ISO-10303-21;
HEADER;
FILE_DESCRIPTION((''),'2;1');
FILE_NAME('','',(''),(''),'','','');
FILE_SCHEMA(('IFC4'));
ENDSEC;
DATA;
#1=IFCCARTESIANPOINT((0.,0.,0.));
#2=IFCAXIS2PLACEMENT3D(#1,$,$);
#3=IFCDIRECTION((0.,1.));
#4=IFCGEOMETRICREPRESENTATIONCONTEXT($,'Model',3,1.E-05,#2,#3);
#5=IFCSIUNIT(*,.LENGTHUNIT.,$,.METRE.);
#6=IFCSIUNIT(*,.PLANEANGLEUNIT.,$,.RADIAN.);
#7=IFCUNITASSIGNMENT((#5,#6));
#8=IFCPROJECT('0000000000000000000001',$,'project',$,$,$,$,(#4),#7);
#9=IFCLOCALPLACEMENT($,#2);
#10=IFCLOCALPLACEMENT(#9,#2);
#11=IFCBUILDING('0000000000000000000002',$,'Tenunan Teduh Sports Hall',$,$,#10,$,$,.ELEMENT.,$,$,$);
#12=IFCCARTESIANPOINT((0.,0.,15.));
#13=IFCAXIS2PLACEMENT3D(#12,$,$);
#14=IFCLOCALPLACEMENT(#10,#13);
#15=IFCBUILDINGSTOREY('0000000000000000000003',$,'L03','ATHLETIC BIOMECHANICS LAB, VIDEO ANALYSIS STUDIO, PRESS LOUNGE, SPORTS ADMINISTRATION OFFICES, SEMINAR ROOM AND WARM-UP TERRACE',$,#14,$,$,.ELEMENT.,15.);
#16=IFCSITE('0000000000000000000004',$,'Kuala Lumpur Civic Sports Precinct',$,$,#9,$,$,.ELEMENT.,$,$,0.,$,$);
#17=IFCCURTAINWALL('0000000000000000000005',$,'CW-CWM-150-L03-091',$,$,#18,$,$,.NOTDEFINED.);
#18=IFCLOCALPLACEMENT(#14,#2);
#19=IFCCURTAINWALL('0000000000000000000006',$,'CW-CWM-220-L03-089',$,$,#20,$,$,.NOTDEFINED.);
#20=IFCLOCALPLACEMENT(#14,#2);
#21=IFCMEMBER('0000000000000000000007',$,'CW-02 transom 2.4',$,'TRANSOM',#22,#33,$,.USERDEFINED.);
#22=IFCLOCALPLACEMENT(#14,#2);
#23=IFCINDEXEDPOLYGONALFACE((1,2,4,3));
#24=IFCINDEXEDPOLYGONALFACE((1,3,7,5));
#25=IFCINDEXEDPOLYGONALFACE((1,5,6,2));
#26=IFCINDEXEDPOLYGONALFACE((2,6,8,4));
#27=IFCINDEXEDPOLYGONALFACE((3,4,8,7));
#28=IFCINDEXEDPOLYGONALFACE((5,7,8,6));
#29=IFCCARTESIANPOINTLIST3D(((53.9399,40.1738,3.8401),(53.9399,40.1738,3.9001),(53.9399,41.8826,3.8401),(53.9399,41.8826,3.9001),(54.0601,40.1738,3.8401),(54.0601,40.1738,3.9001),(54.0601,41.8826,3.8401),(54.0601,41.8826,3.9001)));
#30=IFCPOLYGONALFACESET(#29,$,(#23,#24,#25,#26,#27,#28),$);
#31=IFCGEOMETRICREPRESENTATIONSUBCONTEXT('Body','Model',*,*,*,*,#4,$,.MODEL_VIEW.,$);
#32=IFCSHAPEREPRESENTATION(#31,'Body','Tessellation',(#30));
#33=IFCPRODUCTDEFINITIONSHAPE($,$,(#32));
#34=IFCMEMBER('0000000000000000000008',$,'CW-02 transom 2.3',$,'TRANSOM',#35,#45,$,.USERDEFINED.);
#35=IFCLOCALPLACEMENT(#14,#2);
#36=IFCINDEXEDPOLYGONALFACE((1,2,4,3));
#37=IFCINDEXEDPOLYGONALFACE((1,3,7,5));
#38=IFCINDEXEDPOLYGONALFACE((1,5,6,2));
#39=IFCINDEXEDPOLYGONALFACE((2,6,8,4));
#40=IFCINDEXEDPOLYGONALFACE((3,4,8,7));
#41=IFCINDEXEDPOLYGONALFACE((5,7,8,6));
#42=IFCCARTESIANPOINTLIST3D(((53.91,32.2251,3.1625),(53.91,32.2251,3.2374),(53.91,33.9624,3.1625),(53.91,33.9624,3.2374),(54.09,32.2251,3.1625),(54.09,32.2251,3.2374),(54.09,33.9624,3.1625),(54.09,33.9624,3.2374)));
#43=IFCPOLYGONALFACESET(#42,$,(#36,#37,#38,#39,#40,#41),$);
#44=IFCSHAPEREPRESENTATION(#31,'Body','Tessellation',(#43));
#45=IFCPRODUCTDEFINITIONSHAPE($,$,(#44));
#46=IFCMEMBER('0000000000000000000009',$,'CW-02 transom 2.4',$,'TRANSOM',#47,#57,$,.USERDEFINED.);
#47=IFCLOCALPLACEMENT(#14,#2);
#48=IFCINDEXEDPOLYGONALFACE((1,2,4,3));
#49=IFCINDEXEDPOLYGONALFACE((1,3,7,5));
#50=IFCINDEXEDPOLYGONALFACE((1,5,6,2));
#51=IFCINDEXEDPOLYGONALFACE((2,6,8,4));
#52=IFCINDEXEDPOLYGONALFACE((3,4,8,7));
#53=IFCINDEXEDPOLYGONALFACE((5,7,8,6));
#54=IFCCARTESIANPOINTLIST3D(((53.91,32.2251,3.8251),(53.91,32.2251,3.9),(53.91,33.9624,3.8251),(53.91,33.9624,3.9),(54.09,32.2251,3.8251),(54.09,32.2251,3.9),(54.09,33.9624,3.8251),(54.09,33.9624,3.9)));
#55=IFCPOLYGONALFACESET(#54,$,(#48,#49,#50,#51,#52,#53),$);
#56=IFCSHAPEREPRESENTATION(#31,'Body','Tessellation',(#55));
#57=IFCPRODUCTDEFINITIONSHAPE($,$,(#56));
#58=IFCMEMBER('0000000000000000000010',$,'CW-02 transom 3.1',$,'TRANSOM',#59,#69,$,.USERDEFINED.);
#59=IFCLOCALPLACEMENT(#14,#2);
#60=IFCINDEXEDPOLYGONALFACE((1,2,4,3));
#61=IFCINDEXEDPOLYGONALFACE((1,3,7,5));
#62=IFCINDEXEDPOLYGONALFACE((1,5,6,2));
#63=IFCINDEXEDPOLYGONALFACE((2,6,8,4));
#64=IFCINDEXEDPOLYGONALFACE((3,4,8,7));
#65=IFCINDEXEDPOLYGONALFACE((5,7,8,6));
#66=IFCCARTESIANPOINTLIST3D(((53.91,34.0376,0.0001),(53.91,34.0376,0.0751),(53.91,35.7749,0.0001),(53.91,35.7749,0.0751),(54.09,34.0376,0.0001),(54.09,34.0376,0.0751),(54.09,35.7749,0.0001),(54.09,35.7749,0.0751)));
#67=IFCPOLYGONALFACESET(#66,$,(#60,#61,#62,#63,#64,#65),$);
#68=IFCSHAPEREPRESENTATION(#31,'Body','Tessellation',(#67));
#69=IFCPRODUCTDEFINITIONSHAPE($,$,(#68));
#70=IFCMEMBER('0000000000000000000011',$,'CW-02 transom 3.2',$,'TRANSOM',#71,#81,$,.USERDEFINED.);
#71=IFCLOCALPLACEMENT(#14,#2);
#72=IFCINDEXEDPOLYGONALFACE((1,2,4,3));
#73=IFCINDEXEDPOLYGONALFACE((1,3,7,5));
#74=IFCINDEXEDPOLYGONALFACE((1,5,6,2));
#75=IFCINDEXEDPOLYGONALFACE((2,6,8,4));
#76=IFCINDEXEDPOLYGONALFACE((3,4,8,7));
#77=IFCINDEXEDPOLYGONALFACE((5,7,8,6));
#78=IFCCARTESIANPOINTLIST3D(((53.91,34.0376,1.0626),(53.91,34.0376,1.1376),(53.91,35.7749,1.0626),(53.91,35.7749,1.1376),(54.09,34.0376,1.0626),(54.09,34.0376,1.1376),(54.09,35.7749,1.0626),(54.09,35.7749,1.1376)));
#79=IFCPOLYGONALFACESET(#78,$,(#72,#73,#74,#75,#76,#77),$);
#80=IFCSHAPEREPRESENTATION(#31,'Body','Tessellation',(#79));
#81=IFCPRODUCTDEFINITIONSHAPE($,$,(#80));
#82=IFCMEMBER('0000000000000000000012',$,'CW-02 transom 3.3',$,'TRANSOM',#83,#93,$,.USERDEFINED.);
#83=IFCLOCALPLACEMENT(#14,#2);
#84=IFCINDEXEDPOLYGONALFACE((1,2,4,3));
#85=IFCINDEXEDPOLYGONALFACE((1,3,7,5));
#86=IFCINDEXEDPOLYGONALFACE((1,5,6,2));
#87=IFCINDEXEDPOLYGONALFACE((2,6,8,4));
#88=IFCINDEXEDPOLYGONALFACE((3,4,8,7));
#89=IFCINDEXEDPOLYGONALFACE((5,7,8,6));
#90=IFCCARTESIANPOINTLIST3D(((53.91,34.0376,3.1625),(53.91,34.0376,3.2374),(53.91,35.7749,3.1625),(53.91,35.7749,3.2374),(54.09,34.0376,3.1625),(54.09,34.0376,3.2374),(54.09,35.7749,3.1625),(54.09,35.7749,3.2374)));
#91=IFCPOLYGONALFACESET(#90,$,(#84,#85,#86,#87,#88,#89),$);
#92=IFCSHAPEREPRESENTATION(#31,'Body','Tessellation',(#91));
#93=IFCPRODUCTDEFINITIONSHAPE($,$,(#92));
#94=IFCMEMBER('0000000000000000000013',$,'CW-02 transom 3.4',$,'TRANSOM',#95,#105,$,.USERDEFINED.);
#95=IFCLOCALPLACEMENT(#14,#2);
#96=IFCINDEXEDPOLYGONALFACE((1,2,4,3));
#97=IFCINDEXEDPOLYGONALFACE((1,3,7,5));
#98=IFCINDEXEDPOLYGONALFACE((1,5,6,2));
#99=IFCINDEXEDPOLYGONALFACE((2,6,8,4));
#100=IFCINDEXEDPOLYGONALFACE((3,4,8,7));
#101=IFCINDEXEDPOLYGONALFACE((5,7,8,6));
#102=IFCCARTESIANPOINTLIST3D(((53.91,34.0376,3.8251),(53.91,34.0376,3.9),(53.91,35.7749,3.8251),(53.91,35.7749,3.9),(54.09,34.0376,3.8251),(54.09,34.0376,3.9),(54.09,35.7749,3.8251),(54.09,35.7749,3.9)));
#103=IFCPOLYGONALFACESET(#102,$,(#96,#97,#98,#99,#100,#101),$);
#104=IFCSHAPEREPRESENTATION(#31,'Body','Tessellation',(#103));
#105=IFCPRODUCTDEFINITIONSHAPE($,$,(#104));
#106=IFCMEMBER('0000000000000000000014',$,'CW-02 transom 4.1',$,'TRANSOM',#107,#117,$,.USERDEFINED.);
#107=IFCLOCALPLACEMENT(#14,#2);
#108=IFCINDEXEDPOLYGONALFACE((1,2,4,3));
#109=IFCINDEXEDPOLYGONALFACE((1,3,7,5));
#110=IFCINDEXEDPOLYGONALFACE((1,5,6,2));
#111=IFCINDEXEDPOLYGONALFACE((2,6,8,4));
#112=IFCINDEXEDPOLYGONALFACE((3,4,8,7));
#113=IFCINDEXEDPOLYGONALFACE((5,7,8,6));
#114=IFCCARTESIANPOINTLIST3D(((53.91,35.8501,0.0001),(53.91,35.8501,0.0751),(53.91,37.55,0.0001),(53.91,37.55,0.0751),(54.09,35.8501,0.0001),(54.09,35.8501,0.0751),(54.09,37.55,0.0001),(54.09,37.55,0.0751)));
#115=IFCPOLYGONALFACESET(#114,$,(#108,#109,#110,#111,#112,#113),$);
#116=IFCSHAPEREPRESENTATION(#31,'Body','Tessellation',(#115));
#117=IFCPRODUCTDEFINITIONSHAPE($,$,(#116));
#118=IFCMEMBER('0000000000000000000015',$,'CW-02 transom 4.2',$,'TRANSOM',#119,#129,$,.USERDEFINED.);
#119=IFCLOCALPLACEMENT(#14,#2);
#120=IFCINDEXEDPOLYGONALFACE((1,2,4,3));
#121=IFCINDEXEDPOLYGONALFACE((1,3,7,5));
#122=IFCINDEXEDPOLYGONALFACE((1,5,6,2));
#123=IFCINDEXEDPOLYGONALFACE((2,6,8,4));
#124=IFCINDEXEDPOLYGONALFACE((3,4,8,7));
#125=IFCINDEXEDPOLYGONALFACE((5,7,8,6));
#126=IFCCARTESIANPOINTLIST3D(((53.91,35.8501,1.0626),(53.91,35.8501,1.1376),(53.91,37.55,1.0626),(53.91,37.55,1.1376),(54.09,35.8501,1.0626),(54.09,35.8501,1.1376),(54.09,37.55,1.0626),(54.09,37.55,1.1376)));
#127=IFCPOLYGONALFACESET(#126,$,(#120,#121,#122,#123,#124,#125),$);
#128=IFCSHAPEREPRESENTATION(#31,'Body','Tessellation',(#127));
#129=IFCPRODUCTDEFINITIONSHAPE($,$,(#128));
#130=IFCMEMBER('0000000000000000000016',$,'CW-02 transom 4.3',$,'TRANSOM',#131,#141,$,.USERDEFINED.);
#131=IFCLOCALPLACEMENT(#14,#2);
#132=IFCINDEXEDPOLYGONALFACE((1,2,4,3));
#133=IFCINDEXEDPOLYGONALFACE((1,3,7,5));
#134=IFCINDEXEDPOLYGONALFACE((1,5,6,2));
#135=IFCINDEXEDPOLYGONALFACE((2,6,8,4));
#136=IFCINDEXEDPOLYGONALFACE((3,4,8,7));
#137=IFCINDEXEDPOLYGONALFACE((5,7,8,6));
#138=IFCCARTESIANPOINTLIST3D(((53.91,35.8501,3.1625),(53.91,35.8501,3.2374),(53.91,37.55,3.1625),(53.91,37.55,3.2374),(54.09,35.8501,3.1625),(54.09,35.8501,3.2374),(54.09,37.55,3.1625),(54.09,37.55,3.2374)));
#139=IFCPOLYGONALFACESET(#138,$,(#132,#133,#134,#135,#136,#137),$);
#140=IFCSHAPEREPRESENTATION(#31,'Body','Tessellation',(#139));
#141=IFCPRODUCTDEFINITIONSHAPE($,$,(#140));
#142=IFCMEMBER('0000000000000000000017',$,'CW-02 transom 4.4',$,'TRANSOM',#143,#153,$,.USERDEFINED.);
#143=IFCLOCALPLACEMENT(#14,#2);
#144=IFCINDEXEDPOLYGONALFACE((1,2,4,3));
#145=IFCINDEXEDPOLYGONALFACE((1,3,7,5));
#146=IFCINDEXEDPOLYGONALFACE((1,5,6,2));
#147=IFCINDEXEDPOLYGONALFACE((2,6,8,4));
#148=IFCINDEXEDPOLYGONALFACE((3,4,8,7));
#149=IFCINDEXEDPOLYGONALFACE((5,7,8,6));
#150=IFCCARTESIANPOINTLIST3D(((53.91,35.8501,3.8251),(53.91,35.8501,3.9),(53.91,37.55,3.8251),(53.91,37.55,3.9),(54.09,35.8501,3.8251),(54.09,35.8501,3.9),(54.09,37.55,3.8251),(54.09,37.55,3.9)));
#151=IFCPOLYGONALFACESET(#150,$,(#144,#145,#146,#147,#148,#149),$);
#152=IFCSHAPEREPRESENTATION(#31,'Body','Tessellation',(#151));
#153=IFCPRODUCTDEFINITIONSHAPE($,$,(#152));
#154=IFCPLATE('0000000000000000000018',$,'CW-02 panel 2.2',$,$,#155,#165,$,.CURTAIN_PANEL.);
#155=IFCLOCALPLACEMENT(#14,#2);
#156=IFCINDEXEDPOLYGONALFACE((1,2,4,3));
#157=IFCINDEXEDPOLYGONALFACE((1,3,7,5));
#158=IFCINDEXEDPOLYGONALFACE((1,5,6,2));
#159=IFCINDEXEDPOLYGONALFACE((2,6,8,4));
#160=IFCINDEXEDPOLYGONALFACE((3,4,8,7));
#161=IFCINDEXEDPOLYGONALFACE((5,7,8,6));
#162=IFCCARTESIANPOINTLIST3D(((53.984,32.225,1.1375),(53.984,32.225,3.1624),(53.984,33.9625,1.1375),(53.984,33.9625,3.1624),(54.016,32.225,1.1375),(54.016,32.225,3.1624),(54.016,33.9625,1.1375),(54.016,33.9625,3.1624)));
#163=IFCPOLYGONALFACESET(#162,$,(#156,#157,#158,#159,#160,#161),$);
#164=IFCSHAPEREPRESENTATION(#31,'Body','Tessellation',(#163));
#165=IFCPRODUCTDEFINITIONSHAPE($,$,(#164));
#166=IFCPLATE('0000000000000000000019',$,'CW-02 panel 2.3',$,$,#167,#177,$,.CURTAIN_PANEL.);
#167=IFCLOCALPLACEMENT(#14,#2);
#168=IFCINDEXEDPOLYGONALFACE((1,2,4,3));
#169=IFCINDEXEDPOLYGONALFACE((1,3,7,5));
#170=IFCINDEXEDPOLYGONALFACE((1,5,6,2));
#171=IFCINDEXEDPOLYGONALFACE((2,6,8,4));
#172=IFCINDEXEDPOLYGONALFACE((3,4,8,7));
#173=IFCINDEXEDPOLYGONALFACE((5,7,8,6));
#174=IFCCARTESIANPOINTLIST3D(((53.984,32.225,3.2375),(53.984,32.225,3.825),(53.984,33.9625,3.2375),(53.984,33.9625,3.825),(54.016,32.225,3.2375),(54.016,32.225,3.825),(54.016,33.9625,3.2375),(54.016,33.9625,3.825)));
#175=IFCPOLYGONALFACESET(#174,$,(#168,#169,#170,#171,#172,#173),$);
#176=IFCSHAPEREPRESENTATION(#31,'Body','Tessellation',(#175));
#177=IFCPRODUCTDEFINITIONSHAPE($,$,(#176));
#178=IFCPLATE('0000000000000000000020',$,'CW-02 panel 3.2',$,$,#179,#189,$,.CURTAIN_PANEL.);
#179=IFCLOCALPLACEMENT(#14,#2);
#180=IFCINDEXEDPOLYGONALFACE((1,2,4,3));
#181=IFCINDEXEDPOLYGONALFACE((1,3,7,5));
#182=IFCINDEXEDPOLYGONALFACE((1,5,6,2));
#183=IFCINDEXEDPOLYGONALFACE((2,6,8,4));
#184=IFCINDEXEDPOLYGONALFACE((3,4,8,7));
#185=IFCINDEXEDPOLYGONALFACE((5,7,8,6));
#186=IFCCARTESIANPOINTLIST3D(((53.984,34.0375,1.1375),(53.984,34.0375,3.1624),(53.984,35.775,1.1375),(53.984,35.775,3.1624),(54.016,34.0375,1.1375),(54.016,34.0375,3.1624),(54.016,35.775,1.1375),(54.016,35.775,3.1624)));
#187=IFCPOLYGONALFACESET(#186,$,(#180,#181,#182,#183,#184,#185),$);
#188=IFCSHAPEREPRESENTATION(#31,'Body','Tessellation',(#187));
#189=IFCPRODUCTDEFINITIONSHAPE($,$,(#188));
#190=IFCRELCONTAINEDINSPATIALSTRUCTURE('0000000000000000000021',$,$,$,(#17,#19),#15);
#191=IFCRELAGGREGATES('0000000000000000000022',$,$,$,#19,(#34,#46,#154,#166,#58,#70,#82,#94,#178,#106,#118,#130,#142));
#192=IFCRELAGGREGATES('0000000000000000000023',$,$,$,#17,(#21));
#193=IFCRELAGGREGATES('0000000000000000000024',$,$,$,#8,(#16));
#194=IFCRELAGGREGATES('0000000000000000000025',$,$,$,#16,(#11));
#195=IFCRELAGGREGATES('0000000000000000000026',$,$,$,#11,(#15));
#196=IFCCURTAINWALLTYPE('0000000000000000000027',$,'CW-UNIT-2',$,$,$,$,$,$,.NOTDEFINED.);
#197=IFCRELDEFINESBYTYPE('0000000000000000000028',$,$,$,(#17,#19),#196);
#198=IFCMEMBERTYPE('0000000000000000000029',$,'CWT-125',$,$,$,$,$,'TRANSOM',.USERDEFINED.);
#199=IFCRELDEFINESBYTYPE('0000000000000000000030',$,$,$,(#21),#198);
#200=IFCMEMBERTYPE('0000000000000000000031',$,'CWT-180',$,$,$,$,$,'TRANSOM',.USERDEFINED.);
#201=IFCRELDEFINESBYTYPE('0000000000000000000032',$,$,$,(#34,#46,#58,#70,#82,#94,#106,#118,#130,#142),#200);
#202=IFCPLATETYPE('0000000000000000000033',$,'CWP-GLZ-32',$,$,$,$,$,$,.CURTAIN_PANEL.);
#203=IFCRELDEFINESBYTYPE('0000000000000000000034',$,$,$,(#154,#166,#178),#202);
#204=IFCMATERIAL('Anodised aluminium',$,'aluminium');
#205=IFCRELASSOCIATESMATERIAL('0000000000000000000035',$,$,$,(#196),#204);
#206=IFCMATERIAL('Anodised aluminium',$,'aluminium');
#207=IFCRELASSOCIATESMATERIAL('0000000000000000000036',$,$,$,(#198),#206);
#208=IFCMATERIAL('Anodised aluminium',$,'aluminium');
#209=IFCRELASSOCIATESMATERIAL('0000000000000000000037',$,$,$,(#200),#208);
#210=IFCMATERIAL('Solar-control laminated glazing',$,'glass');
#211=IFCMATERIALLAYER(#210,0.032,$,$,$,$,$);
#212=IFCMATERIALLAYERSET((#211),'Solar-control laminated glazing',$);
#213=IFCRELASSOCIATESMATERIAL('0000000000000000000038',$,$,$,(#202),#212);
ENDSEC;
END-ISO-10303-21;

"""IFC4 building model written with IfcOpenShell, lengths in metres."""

from ifc_helpers import new_model, si_unit, direction, frame, origin, origin_2d, place, context, subcontext, project, spatial, rectangle, extrude, material, layer, layer_set, material_profile, profile_set, type_object, element, aggregate, save


model = new_model("IFC4")

# Units and contexts
model_context = context("Model", 3, precision=1e-05, world=origin(), true_north=direction((0.0, 1.0)))
body_context = subcontext(model_context, "Body", "Model", "MODEL_VIEW")
ifc_project = project(units=[si_unit("LENGTHUNIT", "METRE"), si_unit("PLANEANGLEUNIT", "RADIAN")], contexts=[model_context])

# Site, building, storey
site_placement = place(None, origin())
site = spatial("IfcSite", under=ifc_project, at=site_placement, Name="Kuala Lumpur Civic Sports Precinct", CompositionType="ELEMENT", RefElevation=0.0)
building_placement = place(site_placement, origin())
building = spatial("IfcBuilding", under=site, at=building_placement, Name="Tenunan Teduh Sports Hall", CompositionType="ELEMENT")
storey_placement = place(building_placement, frame((0.0, 0.0, 15.0)))
storey = spatial("IfcBuildingStorey", under=building, at=storey_placement, Name="L03", Description="ATHLETIC BIOMECHANICS LAB, VIDEO ANALYSIS STUDIO, PRESS LOUNGE, SPORTS ADMINISTRATION OFFICES, SEMINAR ROOM AND WARM-UP TERRACE", CompositionType="ELEMENT", Elevation=15.0)

# Curtain walls
ifc_material_1 = material(Name="Anodised aluminium", Category="aluminium")
curtain_wall_type = type_object("IfcCurtainWallType", Name="CW-UNIT-2", PredefinedType="NOTDEFINED", material=ifc_material_1)
curtain_wall_1_placement = place(storey_placement, origin())
curtain_wall_1 = element("IfcCurtainWall", 1, at=curtain_wall_1_placement, inside=storey, type_object=curtain_wall_type, Name="CW-CWM-150-L03-091", PredefinedType="NOTDEFINED")
curtain_wall_2_placement = place(storey_placement, origin())
curtain_wall_2 = element("IfcCurtainWall", 2, at=curtain_wall_2_placement, inside=storey, type_object=curtain_wall_type, Name="CW-CWM-220-L03-089", PredefinedType="NOTDEFINED")

# Members
ifc_material_2 = material(Name="Anodised aluminium", Category="aluminium")
ifc_material_profile_1 = material_profile(ifc_material_2, rectangle(XDim=0.0601, YDim=0.1201, at=origin_2d()), Name="CWT 60x120")
ifc_profile_set_1 = profile_set([ifc_material_profile_1], Name="Anodised aluminium")
member_type_1 = type_object("IfcMemberType", Name="CWT-125", ElementType="TRANSOM", PredefinedType="USERDEFINED", material=ifc_profile_set_1)
member_1_placement = place(storey_placement, frame((54.0, 40.1738, 3.8701), z_axis=(0.0, 1.0, 0.0), x_axis=(0.0, 0.0, 1.0)))
member_1 = element("IfcMember", 3, at=member_1_placement, type_object=member_type_1, Name="CW-02 transom 2.4", ObjectType="TRANSOM", PredefinedType="USERDEFINED", context=body_context, shape_type="SweptSolid", body=[
    extrude(rectangle(XDim=0.0601, YDim=0.1201, at=origin_2d()), origin(), (0.0, 0.0, 1.0), 1.7087),
])
ifc_material_3 = material(Name="Anodised aluminium", Category="aluminium")
ifc_material_profile_2 = material_profile(ifc_material_3, rectangle(XDim=0.075, YDim=0.1799, at=origin_2d()), Name="CWT 75x180")
ifc_profile_set_2 = profile_set([ifc_material_profile_2], Name="Anodised aluminium")
member_type_2 = type_object("IfcMemberType", Name="CWT-180", ElementType="TRANSOM", PredefinedType="USERDEFINED", material=ifc_profile_set_2)
member_2_placement = place(storey_placement, frame((54.0, 32.2251, 3.2), z_axis=(0.0, 1.0, 0.0), x_axis=(0.0, 0.0, 1.0)))
member_2 = element("IfcMember", 4, at=member_2_placement, type_object=member_type_2, Name="CW-02 transom 2.3", ObjectType="TRANSOM", PredefinedType="USERDEFINED", context=body_context, shape_type="SweptSolid", body=[
    extrude(rectangle(XDim=0.075, YDim=0.1799, at=origin_2d()), origin(), (0.0, 0.0, 1.0), 1.7373),
])
member_3_placement = place(storey_placement, frame((54.0, 32.2251, 3.8625), z_axis=(0.0, 1.0, 0.0), x_axis=(0.0, 0.0, 1.0)))
member_3 = element("IfcMember", 5, at=member_3_placement, type_object=member_type_2, Name="CW-02 transom 2.4", ObjectType="TRANSOM", PredefinedType="USERDEFINED", context=body_context, shape_type="SweptSolid", body=[
    extrude(rectangle(XDim=0.075, YDim=0.1799, at=origin_2d()), origin(), (0.0, 0.0, 1.0), 1.7373),
])
member_4_placement = place(storey_placement, frame((54.0, 34.0376, 0.0376), z_axis=(0.0, 1.0, 0.0), x_axis=(0.0, 0.0, 1.0)))
member_4 = element("IfcMember", 6, at=member_4_placement, type_object=member_type_2, Name="CW-02 transom 3.1", ObjectType="TRANSOM", PredefinedType="USERDEFINED", context=body_context, shape_type="SweptSolid", body=[
    extrude(rectangle(XDim=0.075, YDim=0.1799, at=origin_2d()), origin(), (0.0, 0.0, 1.0), 1.7373),
])
member_5_placement = place(storey_placement, frame((54.0, 34.0376, 1.1001), z_axis=(0.0, 1.0, 0.0), x_axis=(0.0, 0.0, 1.0)))
member_5 = element("IfcMember", 7, at=member_5_placement, type_object=member_type_2, Name="CW-02 transom 3.2", ObjectType="TRANSOM", PredefinedType="USERDEFINED", context=body_context, shape_type="SweptSolid", body=[
    extrude(rectangle(XDim=0.075, YDim=0.1799, at=origin_2d()), origin(), (0.0, 0.0, 1.0), 1.7373),
])
member_6_placement = place(storey_placement, frame((54.0, 34.0376, 3.2), z_axis=(0.0, 1.0, 0.0), x_axis=(0.0, 0.0, 1.0)))
member_6 = element("IfcMember", 8, at=member_6_placement, type_object=member_type_2, Name="CW-02 transom 3.3", ObjectType="TRANSOM", PredefinedType="USERDEFINED", context=body_context, shape_type="SweptSolid", body=[
    extrude(rectangle(XDim=0.075, YDim=0.1799, at=origin_2d()), origin(), (0.0, 0.0, 1.0), 1.7373),
])
member_7_placement = place(storey_placement, frame((54.0, 34.0376, 3.8625), z_axis=(0.0, 1.0, 0.0), x_axis=(0.0, 0.0, 1.0)))
member_7 = element("IfcMember", 9, at=member_7_placement, type_object=member_type_2, Name="CW-02 transom 3.4", ObjectType="TRANSOM", PredefinedType="USERDEFINED", context=body_context, shape_type="SweptSolid", body=[
    extrude(rectangle(XDim=0.075, YDim=0.1799, at=origin_2d()), origin(), (0.0, 0.0, 1.0), 1.7373),
])
member_8_placement = place(storey_placement, frame((54.0, 35.8501, 0.0376), z_axis=(0.0, 1.0, 0.0), x_axis=(0.0, 0.0, 1.0)))
member_8 = element("IfcMember", 10, at=member_8_placement, type_object=member_type_2, Name="CW-02 transom 4.1", ObjectType="TRANSOM", PredefinedType="USERDEFINED", context=body_context, shape_type="SweptSolid", body=[
    extrude(rectangle(XDim=0.075, YDim=0.1799, at=origin_2d()), origin(), (0.0, 0.0, 1.0), 1.7),
])
member_9_placement = place(storey_placement, frame((54.0, 35.8501, 1.1001), z_axis=(0.0, 1.0, 0.0), x_axis=(0.0, 0.0, 1.0)))
member_9 = element("IfcMember", 11, at=member_9_placement, type_object=member_type_2, Name="CW-02 transom 4.2", ObjectType="TRANSOM", PredefinedType="USERDEFINED", context=body_context, shape_type="SweptSolid", body=[
    extrude(rectangle(XDim=0.075, YDim=0.1799, at=origin_2d()), origin(), (0.0, 0.0, 1.0), 1.7),
])
member_10_placement = place(storey_placement, frame((54.0, 35.8501, 3.2), z_axis=(0.0, 1.0, 0.0), x_axis=(0.0, 0.0, 1.0)))
member_10 = element("IfcMember", 12, at=member_10_placement, type_object=member_type_2, Name="CW-02 transom 4.3", ObjectType="TRANSOM", PredefinedType="USERDEFINED", context=body_context, shape_type="SweptSolid", body=[
    extrude(rectangle(XDim=0.075, YDim=0.1799, at=origin_2d()), origin(), (0.0, 0.0, 1.0), 1.7),
])
member_11_placement = place(storey_placement, frame((54.0, 35.8501, 3.8625), z_axis=(0.0, 1.0, 0.0), x_axis=(0.0, 0.0, 1.0)))
member_11 = element("IfcMember", 13, at=member_11_placement, type_object=member_type_2, Name="CW-02 transom 4.4", ObjectType="TRANSOM", PredefinedType="USERDEFINED", context=body_context, shape_type="SweptSolid", body=[
    extrude(rectangle(XDim=0.075, YDim=0.1799, at=origin_2d()), origin(), (0.0, 0.0, 1.0), 1.7),
])

# Plates
ifc_material_4 = material(Name="Solar-control laminated glazing", Category="glass")
ifc_layer_1 = layer(ifc_material_4, 0.032)
ifc_layer_set_1 = layer_set([ifc_layer_1], Name="Solar-control laminated glazing")
plate_type_1 = type_object("IfcPlateType", Name="CWP-GLZ-32", PredefinedType="CURTAIN_PANEL", material=ifc_layer_set_1)
plate_1_placement = place(storey_placement, frame((54.0, 33.0938, 1.1375), z_axis=(0.0, 0.0, 1.0), x_axis=(0.0, 1.0, 0.0)))
plate_1 = element("IfcPlate", 14, at=plate_1_placement, type_object=plate_type_1, Name="CW-02 panel 2.2", PredefinedType="CURTAIN_PANEL", context=body_context, shape_type="SweptSolid", body=[
    extrude(rectangle(XDim=1.7375, YDim=0.032, at=origin_2d()), origin(), (0.0, 0.0, 1.0), 2.0249),
])
plate_2_placement = place(storey_placement, frame((54.0, 33.0938, 3.2375), z_axis=(0.0, 0.0, 1.0), x_axis=(0.0, 1.0, 0.0)))
plate_2 = element("IfcPlate", 15, at=plate_2_placement, type_object=plate_type_1, Name="CW-02 panel 2.3", PredefinedType="CURTAIN_PANEL", context=body_context, shape_type="SweptSolid", body=[
    extrude(rectangle(XDim=1.7375, YDim=0.032, at=origin_2d()), origin(), (0.0, 0.0, 1.0), 0.5874),
])
plate_3_placement = place(storey_placement, frame((54.0, 34.9062, 1.1375), z_axis=(0.0, 0.0, 1.0), x_axis=(0.0, 1.0, 0.0)))
plate_3 = element("IfcPlate", 16, at=plate_3_placement, type_object=plate_type_1, Name="CW-02 panel 3.2", PredefinedType="CURTAIN_PANEL", context=body_context, shape_type="SweptSolid", body=[
    extrude(rectangle(XDim=1.7375, YDim=0.032, at=origin_2d()), origin(), (0.0, 0.0, 1.0), 2.0249),
])
aggregate(curtain_wall_2, [member_2, member_3, plate_1, plate_2, member_4, member_5, member_6, member_7, plate_3, member_8, member_9, member_10, member_11])
aggregate(curtain_wall_1, [member_1])

save(model, "model.ifc")
